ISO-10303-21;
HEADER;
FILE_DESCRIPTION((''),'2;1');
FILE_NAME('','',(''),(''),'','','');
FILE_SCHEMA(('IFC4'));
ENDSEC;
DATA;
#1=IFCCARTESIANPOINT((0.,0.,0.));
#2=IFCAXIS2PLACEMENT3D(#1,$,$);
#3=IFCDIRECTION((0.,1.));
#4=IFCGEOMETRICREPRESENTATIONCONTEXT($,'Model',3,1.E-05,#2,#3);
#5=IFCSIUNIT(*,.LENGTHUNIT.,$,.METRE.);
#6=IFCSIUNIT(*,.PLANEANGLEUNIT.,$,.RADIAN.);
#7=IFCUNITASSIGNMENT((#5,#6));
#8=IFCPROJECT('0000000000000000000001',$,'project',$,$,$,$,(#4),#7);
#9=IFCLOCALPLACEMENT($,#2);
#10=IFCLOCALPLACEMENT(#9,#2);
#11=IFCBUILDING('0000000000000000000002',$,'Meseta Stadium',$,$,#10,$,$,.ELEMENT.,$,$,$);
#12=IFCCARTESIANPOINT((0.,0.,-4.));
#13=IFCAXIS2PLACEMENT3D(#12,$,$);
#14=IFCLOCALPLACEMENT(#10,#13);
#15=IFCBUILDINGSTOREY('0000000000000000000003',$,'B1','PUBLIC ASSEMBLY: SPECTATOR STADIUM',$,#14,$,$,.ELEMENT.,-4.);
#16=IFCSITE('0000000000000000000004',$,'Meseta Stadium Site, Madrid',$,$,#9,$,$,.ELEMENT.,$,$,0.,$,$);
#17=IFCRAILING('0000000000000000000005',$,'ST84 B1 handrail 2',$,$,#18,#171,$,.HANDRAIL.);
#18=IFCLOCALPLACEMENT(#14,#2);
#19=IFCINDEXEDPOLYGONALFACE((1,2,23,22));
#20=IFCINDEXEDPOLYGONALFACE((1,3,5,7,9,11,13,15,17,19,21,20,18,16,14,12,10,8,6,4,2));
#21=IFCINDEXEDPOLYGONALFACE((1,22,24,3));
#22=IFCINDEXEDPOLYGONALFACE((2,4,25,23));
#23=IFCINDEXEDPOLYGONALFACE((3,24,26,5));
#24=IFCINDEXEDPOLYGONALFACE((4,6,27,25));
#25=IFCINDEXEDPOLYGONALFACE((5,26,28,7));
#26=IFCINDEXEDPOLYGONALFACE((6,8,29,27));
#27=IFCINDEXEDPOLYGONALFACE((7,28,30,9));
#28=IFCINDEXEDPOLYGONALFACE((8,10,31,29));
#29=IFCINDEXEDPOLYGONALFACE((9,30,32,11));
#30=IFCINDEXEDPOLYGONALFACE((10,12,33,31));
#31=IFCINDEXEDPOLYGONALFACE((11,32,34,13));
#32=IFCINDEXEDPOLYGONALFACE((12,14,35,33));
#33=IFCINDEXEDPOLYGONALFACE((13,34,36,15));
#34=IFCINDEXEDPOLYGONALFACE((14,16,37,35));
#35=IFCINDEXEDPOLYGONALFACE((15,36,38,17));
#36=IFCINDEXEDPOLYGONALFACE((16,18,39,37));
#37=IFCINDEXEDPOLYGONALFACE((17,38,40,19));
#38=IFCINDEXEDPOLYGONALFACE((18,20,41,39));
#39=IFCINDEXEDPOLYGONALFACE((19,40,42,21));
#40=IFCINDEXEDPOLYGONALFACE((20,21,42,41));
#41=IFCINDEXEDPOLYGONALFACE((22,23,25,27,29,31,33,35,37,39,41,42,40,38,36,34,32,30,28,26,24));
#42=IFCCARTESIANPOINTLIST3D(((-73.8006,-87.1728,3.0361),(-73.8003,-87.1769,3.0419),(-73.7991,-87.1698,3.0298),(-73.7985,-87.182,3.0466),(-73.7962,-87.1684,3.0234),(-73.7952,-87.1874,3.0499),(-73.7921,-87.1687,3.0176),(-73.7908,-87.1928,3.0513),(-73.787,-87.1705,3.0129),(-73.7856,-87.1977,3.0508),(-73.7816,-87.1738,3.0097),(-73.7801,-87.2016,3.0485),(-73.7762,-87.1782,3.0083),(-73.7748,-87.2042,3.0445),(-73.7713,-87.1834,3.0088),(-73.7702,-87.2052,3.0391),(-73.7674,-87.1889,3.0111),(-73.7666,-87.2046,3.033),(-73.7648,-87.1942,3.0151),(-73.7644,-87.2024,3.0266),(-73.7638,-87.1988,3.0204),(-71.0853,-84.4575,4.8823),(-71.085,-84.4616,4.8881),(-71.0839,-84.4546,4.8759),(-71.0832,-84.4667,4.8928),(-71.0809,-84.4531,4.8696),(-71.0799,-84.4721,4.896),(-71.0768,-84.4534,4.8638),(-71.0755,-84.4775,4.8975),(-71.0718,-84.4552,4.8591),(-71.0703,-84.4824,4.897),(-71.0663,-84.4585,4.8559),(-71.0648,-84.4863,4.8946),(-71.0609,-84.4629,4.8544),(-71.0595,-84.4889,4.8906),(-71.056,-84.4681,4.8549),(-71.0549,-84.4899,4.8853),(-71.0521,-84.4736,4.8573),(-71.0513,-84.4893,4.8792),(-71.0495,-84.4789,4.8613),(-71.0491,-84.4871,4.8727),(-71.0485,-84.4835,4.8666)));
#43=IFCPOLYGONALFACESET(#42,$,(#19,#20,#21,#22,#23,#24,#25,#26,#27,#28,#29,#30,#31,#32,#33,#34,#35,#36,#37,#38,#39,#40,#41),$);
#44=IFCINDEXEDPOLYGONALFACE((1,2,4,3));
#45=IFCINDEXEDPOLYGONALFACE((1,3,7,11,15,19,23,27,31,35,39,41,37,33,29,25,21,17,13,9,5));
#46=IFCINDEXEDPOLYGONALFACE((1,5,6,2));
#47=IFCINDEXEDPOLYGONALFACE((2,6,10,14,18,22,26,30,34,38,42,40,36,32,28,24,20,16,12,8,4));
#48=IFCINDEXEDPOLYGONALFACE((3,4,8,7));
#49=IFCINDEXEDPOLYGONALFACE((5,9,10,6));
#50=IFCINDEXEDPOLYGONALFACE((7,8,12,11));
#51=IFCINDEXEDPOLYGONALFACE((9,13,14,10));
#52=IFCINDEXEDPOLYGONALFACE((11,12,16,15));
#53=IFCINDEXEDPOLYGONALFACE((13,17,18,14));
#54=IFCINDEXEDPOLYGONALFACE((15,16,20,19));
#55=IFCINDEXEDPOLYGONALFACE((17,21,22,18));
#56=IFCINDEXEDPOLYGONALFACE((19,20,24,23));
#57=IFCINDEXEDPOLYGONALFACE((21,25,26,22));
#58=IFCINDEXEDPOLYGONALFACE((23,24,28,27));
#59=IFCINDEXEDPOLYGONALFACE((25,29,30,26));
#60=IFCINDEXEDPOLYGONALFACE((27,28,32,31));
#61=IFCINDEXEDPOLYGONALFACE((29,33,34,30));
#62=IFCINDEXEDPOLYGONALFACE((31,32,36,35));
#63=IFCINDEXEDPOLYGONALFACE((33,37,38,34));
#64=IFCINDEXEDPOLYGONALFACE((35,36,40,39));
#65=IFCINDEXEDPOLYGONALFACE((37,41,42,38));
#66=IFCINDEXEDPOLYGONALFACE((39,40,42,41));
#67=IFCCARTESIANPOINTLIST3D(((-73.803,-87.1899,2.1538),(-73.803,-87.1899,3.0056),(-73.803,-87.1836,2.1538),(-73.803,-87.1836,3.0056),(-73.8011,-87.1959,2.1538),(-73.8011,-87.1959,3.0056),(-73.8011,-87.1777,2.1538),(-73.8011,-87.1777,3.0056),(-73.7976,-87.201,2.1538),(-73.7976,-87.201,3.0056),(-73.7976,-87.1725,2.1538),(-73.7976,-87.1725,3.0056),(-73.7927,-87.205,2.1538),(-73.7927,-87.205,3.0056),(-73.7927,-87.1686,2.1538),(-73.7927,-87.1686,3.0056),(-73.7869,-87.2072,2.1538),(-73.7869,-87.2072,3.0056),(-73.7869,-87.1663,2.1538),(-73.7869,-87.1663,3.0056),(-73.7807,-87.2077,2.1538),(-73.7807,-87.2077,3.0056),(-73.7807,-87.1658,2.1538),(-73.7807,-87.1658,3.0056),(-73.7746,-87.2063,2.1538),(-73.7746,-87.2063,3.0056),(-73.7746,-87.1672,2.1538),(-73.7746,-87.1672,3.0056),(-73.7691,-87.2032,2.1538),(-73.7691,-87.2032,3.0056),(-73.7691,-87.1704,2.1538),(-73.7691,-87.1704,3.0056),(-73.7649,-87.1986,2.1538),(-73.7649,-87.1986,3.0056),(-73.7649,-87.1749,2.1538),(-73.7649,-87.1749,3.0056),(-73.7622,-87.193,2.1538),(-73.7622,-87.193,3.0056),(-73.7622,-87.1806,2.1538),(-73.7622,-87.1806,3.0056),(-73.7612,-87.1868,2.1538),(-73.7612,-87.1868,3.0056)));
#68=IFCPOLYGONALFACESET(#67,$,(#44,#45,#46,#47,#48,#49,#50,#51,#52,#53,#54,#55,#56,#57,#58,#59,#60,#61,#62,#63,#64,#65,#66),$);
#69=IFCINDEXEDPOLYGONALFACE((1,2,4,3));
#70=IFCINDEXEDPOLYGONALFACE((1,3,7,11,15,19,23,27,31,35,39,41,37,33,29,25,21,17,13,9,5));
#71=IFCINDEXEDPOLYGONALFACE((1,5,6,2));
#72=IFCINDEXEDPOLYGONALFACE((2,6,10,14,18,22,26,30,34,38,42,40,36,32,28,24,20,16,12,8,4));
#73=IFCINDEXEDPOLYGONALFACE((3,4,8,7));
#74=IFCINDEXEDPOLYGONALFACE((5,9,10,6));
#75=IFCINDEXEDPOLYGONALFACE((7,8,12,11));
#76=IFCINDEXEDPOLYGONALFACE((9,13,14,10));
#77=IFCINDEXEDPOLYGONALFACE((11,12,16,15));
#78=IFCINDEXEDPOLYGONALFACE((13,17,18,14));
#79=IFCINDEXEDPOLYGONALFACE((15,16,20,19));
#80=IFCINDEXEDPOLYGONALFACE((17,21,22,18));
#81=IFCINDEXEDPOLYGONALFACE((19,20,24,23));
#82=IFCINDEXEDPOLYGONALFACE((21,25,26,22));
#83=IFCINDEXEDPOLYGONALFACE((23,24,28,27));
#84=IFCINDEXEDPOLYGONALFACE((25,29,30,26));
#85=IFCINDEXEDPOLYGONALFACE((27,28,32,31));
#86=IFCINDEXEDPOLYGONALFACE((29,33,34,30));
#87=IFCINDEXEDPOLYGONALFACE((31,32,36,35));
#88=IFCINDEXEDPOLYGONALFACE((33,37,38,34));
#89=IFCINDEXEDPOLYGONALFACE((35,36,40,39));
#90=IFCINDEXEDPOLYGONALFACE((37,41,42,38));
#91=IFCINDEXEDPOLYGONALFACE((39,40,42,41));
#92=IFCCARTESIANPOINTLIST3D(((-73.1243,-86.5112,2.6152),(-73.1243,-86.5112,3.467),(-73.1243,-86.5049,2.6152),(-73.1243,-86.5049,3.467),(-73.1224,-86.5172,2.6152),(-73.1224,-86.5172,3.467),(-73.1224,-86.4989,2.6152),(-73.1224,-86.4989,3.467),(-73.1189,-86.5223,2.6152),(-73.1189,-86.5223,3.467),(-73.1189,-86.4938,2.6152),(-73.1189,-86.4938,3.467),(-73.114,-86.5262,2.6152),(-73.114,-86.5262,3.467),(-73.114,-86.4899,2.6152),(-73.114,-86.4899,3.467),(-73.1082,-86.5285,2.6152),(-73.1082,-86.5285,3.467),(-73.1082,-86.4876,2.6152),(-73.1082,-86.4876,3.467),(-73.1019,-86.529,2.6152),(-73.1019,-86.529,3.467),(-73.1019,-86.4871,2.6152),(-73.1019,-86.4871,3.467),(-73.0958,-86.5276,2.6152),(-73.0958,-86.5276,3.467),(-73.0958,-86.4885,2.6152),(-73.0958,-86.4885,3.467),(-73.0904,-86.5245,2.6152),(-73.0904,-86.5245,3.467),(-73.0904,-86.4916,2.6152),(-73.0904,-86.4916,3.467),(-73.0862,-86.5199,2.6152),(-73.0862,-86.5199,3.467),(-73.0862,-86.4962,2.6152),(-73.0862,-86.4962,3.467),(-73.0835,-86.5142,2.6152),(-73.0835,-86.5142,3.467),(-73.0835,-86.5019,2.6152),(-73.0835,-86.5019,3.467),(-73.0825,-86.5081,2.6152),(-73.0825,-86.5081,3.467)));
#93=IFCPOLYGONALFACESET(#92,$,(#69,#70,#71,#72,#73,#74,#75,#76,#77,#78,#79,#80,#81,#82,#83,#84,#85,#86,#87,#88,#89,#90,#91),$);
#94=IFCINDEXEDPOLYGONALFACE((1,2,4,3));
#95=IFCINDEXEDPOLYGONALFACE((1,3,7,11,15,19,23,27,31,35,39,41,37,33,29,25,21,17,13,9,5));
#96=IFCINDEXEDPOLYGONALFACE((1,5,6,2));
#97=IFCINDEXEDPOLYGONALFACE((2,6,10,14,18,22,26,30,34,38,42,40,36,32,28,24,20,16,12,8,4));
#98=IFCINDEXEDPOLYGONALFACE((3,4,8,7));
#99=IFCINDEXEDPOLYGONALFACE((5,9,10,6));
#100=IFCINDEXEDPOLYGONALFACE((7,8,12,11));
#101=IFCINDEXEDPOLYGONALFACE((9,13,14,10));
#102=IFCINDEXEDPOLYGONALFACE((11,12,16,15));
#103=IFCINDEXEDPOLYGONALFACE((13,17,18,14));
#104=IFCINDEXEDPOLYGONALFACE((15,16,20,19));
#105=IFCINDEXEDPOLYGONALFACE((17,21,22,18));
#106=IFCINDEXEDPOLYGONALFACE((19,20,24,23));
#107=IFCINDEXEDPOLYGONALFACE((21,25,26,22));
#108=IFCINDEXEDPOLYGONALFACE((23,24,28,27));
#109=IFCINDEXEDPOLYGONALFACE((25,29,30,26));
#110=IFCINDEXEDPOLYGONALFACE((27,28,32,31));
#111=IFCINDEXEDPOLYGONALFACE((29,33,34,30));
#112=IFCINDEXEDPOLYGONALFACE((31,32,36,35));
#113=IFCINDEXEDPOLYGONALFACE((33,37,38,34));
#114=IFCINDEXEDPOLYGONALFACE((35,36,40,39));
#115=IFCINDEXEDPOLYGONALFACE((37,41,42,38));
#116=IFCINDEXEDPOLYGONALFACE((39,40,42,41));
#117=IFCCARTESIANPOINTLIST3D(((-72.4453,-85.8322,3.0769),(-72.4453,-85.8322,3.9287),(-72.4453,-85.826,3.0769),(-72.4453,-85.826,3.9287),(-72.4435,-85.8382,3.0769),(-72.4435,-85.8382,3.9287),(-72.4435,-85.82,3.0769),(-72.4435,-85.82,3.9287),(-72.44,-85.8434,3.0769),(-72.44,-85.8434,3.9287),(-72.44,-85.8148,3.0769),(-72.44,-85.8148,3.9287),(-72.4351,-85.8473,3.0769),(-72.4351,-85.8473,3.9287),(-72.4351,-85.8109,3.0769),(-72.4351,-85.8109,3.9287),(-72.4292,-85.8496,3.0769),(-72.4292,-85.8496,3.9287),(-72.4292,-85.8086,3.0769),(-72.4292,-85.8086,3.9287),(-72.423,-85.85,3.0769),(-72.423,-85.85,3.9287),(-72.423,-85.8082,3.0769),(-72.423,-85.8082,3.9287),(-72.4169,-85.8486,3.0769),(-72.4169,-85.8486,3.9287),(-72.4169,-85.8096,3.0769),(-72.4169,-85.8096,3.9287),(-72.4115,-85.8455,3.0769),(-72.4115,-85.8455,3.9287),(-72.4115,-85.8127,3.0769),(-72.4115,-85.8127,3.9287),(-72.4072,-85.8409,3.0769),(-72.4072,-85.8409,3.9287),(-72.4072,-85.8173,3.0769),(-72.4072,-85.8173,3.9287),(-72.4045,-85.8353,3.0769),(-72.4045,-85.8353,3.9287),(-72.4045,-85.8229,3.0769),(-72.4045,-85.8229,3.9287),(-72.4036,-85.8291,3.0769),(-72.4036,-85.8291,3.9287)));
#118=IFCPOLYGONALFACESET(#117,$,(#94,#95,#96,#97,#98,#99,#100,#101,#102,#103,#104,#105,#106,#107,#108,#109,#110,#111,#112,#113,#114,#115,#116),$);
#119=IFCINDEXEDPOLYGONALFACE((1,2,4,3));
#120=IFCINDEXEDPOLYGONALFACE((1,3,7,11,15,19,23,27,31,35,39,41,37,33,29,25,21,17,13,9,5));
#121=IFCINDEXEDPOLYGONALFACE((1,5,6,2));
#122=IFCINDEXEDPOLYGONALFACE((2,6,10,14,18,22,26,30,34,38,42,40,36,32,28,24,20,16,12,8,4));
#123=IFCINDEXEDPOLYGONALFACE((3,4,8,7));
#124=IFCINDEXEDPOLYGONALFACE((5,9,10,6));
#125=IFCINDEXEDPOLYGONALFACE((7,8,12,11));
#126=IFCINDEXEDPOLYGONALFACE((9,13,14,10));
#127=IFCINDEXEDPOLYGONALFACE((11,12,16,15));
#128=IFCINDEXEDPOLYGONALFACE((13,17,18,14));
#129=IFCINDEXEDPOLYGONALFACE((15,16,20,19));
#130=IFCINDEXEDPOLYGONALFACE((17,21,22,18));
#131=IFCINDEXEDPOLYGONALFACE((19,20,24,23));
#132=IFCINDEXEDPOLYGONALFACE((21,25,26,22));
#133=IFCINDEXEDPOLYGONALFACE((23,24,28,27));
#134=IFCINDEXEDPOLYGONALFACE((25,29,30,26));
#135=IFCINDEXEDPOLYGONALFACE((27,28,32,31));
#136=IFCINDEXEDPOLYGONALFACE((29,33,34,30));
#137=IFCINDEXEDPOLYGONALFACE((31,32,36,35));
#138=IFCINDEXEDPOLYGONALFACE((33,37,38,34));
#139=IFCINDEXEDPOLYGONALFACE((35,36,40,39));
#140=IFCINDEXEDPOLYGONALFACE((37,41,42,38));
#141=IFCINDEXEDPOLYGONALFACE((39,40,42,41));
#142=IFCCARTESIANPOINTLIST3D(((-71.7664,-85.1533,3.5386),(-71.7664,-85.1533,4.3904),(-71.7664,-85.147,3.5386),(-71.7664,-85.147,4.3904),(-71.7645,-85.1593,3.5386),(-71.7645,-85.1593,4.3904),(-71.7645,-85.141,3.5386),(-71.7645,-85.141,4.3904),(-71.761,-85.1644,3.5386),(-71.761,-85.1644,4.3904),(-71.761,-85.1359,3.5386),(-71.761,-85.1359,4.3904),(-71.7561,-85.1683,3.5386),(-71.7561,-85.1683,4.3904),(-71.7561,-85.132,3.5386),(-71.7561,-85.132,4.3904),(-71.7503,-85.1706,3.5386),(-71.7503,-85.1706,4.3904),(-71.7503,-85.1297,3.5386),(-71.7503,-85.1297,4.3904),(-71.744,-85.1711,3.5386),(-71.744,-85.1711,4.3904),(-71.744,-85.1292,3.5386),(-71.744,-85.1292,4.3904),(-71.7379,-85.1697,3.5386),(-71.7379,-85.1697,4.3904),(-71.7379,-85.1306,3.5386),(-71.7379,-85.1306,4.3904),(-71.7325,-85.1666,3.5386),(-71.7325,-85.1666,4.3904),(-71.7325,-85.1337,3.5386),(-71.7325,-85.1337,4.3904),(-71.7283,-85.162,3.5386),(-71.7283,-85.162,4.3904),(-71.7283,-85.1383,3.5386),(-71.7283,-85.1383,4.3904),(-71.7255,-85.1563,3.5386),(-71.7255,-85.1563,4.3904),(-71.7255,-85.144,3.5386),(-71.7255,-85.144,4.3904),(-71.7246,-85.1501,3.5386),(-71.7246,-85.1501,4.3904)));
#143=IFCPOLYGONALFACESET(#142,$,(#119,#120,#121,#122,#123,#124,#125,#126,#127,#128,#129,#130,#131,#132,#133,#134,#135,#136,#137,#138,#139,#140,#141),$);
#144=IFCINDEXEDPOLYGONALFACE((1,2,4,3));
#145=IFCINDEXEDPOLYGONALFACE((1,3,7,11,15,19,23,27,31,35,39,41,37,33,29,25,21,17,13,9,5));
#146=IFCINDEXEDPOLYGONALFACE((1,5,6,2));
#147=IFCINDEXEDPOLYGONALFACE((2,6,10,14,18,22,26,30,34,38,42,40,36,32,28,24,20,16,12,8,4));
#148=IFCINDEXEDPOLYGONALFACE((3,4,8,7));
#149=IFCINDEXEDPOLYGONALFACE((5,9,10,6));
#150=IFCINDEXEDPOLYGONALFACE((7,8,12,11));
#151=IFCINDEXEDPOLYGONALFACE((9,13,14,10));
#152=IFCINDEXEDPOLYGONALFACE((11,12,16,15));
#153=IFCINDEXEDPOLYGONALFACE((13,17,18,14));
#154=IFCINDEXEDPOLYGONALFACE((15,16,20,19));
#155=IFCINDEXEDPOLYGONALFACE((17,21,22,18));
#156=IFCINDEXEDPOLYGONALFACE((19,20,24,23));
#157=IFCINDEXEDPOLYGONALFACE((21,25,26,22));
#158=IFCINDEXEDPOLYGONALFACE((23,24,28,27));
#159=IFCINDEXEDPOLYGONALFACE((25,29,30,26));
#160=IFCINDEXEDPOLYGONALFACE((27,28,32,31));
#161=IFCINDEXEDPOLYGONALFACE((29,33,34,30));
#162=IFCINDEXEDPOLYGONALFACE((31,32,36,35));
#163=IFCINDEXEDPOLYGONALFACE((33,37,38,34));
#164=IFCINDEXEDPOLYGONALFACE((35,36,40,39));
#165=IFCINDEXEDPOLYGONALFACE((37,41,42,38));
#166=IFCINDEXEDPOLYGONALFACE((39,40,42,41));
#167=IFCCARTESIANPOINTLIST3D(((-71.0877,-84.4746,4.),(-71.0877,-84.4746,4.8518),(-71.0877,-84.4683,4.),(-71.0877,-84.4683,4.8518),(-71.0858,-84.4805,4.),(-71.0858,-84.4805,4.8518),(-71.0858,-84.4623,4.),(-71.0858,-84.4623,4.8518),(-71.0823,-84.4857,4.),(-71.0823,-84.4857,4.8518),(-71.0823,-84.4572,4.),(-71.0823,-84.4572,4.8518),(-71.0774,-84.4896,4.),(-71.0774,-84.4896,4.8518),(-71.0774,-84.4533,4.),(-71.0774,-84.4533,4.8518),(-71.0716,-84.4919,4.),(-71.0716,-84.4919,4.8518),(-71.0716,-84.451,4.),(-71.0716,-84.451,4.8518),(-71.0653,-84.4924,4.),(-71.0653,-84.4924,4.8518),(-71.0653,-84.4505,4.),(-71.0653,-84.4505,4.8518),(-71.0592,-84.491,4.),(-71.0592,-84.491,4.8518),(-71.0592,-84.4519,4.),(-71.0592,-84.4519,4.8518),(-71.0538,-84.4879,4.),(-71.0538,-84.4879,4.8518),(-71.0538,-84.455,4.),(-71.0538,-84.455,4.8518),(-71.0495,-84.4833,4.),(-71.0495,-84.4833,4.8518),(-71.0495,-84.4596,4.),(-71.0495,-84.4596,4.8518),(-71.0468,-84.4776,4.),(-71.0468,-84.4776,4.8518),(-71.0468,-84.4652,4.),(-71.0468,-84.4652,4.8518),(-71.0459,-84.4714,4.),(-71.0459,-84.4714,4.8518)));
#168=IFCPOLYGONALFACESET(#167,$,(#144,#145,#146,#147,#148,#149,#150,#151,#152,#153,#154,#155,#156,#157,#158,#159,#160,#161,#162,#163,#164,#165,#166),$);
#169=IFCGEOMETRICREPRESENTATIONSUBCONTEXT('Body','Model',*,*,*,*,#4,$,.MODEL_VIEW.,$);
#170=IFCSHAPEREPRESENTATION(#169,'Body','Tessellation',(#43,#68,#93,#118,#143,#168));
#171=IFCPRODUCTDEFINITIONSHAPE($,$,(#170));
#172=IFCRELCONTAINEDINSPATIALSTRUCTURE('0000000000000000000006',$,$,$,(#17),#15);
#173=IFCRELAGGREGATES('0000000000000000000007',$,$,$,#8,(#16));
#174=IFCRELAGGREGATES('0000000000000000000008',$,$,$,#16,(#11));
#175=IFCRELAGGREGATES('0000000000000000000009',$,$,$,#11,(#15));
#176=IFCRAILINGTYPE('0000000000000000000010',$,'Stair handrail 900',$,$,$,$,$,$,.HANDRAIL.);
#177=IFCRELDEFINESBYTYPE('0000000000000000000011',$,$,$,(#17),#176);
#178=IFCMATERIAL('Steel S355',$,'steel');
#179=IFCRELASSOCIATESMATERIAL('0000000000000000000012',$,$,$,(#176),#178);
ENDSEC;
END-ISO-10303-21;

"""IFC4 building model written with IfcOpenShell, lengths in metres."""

from ifc_helpers import new_model, si_unit, direction, frame, origin, origin_2d, place, context, subcontext, project, spatial, circle, extrude, material, type_object, element, save


model = new_model("IFC4")

# Units and contexts
model_context = context("Model", 3, precision=1e-05, world=origin(), true_north=direction((0.0, 1.0)))
body_context = subcontext(model_context, "Body", "Model", "MODEL_VIEW")
ifc_project = project(units=[si_unit("LENGTHUNIT", "METRE"), si_unit("PLANEANGLEUNIT", "RADIAN")], contexts=[model_context])

# Site, building, storey
site_placement = place(None, origin())
site = spatial("IfcSite", under=ifc_project, at=site_placement, Name="Meseta Stadium Site, Madrid", CompositionType="ELEMENT", RefElevation=0.0)
building_placement = place(site_placement, origin())
building = spatial("IfcBuilding", under=site, at=building_placement, Name="Meseta Stadium", CompositionType="ELEMENT")
storey_placement = place(building_placement, frame((0.0, 0.0, -4.0)))
storey = spatial("IfcBuildingStorey", under=building, at=storey_placement, Name="B1", Description="PUBLIC ASSEMBLY: SPECTATOR STADIUM", CompositionType="ELEMENT", Elevation=-4.0)

# Railing
ifc_material_1 = material(Name="Steel S355", Category="steel")
railing_type_1 = type_object("IfcRailingType", Name="Stair handrail 900", PredefinedType="HANDRAIL", material=ifc_material_1)
railing_1_placement = place(storey_placement, frame((-73.7822, -87.1868, 2.1538)))
element("IfcRailing", 1, at=railing_1_placement, inside=storey, type_object=railing_type_1, Name="ST84 B1 handrail 2", PredefinedType="HANDRAIL", context=body_context, shape_type="SweptSolid", body=[
    extrude(circle(Radius=0.0239, at=origin_2d()), frame((0.0, 0.0, 0.876), z_axis=(0.637281, 0.637281, 0.433296), x_axis=(-0.707107, 0.707107, 0.0)), (0.0, 0.0, 1.0), 4.2607),
    extrude(circle(Radius=0.021, at=origin_2d()), origin(), (0.0, 0.0, 1.0), 0.8518),
    extrude(circle(Radius=0.021, at=origin_2d()), frame((0.6787, 0.6787, 0.4614)), (0.0, 0.0, 1.0), 0.8518),
    extrude(circle(Radius=0.021, at=origin_2d()), frame((1.3577, 1.3577, 0.9231)), (0.0, 0.0, 1.0), 0.8518),
    extrude(circle(Radius=0.021, at=origin_2d()), frame((2.0366, 2.0366, 1.3848)), (0.0, 0.0, 1.0), 0.8518),
    extrude(circle(Radius=0.021, at=origin_2d()), frame((2.7153, 2.7153, 1.8462)), (0.0, 0.0, 1.0), 0.8518),
])

save(model, "model.ifc")
